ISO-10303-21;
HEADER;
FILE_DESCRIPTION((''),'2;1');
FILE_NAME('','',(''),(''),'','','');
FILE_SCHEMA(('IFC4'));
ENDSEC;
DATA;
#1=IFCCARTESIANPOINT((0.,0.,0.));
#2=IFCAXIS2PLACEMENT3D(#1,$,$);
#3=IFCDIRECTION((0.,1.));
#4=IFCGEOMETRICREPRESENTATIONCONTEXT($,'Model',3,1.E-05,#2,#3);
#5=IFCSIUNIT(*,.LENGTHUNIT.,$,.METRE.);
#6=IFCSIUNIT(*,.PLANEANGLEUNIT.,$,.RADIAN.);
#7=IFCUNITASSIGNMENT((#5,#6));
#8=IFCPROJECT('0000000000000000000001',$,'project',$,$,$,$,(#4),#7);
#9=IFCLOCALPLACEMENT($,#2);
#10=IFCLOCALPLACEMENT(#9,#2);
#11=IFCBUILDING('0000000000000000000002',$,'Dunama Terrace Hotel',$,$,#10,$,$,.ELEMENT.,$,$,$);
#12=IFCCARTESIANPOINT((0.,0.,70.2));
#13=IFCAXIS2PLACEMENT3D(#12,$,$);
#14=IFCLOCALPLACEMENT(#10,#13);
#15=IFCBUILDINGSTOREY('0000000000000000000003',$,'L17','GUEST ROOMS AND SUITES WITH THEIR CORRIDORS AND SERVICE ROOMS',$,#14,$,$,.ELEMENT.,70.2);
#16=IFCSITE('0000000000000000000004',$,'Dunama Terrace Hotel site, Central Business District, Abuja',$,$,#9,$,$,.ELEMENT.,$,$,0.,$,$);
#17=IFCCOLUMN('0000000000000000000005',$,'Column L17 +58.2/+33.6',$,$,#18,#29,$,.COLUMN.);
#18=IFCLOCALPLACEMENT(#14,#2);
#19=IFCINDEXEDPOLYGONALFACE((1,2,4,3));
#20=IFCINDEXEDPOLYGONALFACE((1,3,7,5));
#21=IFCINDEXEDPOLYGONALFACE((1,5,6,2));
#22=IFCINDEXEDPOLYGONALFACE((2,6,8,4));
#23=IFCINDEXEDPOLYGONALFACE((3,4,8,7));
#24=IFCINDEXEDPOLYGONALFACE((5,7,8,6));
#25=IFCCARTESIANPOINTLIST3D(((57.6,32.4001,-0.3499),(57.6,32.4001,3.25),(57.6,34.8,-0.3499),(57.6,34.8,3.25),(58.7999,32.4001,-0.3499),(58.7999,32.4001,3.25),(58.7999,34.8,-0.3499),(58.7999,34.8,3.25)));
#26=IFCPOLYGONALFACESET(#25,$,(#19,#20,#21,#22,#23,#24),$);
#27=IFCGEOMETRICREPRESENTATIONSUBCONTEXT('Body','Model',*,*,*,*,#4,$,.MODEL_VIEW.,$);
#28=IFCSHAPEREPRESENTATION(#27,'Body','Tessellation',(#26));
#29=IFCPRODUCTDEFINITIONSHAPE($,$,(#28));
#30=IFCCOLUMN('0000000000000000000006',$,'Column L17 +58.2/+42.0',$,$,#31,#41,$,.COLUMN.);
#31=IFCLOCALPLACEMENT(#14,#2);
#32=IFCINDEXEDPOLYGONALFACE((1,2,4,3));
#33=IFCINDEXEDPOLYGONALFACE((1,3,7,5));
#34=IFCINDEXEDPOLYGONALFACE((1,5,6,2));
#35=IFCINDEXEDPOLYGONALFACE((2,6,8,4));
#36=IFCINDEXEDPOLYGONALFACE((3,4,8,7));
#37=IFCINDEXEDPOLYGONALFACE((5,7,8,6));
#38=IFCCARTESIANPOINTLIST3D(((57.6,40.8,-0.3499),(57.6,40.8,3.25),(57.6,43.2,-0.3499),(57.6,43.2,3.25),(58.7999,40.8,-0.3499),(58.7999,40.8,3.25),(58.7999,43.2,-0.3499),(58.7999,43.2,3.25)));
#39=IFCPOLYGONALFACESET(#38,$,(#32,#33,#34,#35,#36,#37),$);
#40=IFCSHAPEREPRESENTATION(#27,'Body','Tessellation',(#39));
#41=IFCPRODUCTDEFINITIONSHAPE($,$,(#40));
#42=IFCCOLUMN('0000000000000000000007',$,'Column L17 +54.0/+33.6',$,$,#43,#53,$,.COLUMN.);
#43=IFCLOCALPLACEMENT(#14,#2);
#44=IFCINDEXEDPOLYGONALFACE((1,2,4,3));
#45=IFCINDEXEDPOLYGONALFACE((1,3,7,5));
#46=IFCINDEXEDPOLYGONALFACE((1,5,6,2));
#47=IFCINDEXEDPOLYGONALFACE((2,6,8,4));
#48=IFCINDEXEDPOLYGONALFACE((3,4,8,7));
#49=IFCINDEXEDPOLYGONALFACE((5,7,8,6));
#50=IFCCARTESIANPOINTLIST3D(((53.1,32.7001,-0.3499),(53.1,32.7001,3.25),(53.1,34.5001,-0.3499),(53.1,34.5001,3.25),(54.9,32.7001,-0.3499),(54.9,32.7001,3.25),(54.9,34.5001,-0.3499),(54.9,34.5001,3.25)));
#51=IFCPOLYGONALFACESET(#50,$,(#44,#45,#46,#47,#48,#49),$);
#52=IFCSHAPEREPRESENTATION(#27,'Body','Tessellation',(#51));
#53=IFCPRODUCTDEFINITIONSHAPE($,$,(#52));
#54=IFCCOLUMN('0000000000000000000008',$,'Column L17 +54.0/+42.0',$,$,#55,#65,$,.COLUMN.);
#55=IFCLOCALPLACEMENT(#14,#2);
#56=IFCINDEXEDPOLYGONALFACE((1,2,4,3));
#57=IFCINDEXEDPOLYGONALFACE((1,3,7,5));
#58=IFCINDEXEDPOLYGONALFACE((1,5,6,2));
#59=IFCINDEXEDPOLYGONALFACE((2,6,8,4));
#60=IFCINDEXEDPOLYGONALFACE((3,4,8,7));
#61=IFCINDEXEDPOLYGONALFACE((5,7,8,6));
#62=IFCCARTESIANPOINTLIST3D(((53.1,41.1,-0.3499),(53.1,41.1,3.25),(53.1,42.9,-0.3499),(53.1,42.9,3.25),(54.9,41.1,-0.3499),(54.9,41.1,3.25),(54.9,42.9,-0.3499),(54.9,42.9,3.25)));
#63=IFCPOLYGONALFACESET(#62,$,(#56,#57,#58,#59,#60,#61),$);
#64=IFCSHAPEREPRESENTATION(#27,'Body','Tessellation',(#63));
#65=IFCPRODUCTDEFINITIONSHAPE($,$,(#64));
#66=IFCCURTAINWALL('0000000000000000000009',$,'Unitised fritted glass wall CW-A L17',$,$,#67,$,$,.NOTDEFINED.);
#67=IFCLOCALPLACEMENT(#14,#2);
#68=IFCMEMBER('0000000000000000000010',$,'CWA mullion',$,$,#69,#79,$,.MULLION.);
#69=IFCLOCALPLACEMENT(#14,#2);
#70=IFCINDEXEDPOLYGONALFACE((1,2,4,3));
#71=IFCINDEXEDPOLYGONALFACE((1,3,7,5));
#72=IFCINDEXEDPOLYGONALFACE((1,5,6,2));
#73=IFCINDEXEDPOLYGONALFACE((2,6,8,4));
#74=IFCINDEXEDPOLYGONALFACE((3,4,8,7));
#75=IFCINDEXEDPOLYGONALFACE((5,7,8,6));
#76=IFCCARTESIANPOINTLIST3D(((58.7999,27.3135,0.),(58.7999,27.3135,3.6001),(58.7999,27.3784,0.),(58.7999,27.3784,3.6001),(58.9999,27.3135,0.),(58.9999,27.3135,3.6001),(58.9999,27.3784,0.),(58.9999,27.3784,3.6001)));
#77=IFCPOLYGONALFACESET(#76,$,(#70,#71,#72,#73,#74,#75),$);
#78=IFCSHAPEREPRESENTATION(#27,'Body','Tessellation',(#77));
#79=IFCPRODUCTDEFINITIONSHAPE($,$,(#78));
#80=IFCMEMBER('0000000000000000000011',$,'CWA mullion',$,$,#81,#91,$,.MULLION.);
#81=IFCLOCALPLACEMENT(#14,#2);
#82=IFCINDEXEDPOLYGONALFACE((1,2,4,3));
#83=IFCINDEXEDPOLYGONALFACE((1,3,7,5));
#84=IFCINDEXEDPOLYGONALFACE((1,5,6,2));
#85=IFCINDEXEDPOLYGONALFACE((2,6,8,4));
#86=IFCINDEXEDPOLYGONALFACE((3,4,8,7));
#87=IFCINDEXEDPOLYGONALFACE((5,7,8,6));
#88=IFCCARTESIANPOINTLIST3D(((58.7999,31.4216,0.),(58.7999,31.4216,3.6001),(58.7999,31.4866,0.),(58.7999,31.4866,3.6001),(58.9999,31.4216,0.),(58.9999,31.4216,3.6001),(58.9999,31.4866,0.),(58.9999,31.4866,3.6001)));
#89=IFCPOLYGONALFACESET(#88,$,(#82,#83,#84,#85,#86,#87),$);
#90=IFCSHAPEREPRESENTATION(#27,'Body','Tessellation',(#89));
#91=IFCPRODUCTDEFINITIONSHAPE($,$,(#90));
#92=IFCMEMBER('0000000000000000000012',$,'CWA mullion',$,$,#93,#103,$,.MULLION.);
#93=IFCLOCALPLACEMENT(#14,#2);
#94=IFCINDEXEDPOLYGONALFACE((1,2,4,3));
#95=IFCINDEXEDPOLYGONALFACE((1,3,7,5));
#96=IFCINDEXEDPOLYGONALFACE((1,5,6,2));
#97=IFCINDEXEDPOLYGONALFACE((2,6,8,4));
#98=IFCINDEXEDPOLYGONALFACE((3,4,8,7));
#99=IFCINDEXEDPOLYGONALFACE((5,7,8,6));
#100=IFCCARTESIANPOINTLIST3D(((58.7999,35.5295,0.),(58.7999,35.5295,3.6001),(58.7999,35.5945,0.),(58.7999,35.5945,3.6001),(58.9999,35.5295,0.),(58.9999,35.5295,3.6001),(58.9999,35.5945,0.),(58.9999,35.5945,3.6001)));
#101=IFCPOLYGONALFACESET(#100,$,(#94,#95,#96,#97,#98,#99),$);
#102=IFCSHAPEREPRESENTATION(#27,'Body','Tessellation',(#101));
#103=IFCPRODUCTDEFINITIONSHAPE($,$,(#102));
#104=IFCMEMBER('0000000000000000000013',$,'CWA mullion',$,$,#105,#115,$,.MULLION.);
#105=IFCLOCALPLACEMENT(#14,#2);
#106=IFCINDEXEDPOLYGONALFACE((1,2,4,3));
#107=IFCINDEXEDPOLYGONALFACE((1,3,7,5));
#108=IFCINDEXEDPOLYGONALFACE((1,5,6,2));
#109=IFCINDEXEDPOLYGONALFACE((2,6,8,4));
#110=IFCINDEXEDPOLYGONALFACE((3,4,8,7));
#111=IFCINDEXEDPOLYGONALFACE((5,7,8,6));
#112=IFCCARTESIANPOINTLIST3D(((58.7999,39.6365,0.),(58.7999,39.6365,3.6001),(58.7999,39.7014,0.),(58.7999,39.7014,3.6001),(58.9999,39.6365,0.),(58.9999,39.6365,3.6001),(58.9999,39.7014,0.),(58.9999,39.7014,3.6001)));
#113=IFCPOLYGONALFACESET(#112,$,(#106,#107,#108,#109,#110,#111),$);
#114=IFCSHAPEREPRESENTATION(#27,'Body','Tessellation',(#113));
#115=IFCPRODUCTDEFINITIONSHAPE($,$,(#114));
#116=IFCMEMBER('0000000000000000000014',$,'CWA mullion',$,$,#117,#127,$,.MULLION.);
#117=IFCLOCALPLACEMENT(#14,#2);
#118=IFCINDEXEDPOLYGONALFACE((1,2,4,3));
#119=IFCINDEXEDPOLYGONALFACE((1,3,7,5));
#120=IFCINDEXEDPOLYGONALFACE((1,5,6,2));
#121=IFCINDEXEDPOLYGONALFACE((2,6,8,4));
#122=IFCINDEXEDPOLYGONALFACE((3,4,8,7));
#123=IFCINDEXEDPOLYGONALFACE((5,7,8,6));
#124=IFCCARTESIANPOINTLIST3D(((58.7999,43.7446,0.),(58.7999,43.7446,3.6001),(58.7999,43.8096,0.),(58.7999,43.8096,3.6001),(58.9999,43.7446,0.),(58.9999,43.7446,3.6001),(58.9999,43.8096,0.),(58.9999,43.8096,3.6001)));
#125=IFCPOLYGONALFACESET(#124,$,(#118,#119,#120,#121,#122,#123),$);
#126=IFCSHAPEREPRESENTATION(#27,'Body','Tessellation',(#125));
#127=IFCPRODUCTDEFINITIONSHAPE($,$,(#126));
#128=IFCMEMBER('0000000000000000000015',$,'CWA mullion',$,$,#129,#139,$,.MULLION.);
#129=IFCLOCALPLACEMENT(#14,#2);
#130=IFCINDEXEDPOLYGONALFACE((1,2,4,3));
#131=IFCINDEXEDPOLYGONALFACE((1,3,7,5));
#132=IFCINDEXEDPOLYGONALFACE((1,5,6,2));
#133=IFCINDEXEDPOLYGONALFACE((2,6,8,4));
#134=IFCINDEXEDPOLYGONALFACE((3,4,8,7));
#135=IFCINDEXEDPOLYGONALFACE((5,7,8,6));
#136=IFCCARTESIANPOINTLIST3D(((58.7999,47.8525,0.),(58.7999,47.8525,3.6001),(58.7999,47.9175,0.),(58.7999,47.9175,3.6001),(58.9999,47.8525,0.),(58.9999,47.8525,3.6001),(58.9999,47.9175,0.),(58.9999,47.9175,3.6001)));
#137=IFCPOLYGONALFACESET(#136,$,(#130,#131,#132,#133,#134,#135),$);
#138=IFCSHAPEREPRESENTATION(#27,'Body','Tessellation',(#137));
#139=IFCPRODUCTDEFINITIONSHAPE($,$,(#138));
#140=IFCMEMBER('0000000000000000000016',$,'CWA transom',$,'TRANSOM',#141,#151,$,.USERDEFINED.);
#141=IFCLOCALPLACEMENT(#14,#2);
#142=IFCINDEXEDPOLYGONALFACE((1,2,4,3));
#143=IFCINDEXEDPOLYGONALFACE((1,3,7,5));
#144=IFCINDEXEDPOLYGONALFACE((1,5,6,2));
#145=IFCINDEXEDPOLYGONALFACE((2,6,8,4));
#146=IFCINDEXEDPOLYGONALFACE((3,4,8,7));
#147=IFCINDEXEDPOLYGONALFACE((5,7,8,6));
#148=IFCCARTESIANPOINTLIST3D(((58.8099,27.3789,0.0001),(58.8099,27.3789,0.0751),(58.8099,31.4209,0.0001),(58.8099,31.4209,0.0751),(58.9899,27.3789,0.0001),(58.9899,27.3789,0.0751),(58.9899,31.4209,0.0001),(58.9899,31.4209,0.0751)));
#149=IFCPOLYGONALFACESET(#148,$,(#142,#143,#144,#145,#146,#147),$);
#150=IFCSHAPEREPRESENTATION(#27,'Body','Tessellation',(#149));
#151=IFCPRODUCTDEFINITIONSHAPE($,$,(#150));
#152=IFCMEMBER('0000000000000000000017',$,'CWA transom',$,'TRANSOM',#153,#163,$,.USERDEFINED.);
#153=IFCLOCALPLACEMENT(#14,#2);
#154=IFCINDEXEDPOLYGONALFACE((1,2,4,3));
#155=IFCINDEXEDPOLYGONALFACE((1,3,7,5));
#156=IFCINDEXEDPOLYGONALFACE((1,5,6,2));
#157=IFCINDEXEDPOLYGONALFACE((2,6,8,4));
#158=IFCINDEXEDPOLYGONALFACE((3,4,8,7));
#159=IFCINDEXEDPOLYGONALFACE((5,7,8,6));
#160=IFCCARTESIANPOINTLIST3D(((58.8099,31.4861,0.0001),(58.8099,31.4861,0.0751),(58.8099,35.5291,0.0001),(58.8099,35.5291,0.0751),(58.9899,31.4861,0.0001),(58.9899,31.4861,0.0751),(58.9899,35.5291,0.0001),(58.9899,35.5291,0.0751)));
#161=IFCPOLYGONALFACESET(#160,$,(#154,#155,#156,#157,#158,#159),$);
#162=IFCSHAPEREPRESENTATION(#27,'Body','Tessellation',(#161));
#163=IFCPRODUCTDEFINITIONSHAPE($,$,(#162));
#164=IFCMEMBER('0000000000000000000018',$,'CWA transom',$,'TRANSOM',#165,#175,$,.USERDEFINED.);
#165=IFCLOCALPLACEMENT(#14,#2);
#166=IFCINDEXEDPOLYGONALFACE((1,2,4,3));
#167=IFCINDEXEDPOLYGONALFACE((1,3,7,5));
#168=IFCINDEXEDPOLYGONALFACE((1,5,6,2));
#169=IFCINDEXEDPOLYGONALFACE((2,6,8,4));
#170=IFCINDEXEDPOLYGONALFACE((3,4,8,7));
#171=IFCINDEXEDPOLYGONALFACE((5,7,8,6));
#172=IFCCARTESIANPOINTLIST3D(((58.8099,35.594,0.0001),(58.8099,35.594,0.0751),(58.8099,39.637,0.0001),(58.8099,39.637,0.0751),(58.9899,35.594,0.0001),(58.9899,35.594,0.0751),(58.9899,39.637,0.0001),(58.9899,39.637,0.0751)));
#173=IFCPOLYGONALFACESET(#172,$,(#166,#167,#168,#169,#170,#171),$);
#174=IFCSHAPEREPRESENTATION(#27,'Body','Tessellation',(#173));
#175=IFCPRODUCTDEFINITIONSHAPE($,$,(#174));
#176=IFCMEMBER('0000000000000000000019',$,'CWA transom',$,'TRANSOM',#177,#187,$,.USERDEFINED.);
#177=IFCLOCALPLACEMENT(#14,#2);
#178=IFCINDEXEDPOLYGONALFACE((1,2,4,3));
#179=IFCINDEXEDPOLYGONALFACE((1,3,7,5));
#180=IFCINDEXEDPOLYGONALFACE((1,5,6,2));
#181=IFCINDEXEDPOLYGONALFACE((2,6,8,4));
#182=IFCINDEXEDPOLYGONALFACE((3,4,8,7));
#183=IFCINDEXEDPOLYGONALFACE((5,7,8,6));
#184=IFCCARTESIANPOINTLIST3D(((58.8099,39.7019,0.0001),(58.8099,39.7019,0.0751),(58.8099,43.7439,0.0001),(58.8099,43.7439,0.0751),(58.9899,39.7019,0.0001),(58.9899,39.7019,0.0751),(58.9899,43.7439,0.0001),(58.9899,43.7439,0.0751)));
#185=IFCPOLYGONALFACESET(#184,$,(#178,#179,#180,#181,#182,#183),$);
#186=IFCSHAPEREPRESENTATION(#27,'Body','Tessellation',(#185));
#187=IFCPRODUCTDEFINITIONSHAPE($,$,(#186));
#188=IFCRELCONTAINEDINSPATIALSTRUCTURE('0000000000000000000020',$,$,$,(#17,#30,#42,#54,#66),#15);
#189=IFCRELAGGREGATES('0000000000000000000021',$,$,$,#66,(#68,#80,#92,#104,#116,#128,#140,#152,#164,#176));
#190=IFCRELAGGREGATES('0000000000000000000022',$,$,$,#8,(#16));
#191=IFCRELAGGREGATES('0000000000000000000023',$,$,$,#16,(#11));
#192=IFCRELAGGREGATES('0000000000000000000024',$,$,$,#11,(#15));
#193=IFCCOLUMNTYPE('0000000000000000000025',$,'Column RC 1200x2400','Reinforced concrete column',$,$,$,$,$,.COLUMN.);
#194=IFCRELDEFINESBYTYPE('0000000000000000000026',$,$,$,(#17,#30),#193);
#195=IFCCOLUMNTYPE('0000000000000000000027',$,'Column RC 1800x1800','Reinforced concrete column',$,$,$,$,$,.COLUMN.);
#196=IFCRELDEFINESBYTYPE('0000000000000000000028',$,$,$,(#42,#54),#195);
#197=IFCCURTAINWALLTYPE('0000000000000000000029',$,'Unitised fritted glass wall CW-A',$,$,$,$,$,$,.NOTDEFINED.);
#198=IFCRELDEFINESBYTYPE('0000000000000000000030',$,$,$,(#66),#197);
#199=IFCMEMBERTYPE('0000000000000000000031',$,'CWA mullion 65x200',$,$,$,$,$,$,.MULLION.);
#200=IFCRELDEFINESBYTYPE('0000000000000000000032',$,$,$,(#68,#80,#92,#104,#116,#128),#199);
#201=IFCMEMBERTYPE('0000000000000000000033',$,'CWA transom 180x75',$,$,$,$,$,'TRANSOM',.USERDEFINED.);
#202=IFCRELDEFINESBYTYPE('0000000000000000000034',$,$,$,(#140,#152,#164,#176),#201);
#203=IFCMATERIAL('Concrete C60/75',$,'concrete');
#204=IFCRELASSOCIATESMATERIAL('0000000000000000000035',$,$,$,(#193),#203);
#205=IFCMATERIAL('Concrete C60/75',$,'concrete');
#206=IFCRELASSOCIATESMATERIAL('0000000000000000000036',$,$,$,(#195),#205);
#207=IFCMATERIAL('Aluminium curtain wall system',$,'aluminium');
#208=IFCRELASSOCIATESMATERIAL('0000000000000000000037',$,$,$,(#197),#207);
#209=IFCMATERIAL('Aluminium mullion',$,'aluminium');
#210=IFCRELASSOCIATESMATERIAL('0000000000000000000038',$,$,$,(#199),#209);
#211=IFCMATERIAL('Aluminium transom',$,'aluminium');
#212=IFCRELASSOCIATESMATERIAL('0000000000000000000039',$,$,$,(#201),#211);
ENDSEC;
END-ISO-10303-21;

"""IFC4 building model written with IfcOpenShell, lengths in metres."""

from ifc_helpers import new_model, si_unit, direction, frame, origin, origin_2d, place, context, subcontext, project, spatial, rectangle, extrude, material, material_profile, profile_set, type_object, element, aggregate, save


model = new_model("IFC4")

# Units and contexts
model_context = context("Model", 3, precision=1e-05, world=origin(), true_north=direction((0.0, 1.0)))
body_context = subcontext(model_context, "Body", "Model", "MODEL_VIEW")
ifc_project = project(units=[si_unit("LENGTHUNIT", "METRE"), si_unit("PLANEANGLEUNIT", "RADIAN")], contexts=[model_context])

# Site, building, storey
site_placement = place(None, origin())
site = spatial("IfcSite", under=ifc_project, at=site_placement, Name="Dunama Terrace Hotel site, Central Business District, Abuja", CompositionType="ELEMENT", RefElevation=0.0)
building_placement = place(site_placement, origin())
building = spatial("IfcBuilding", under=site, at=building_placement, Name="Dunama Terrace Hotel", CompositionType="ELEMENT")
storey_placement = place(building_placement, frame((0.0, 0.0, 70.2)))
storey = spatial("IfcBuildingStorey", under=building, at=storey_placement, Name="L17", Description="GUEST ROOMS AND SUITES WITH THEIR CORRIDORS AND SERVICE ROOMS", CompositionType="ELEMENT", Elevation=70.2)

# Columns
ifc_material_1 = material(Name="Concrete C60/75", Category="concrete")
ifc_material_profile_1 = material_profile(ifc_material_1, rectangle(XDim=1.2, YDim=2.3999, at=origin_2d()), Name="RC 1200x2400")
ifc_profile_set_1 = profile_set([ifc_material_profile_1], Name="Concrete C60/75")
column_type_1 = type_object("IfcColumnType", Name="Column RC 1200x2400", Description="Reinforced concrete column", PredefinedType="COLUMN", material=ifc_profile_set_1)
for number, where, z_axis, x_axis, name in (
    (1, (58.2, 33.6001, -0.3499), (0.0, 0.0, 1.0), (1.0, 0.0, 0.0), "Column L17 +58.2/+33.6"),
    (2, (58.2, 42.0, -0.3499), (0.0, 0.0, 1.0), (1.0, 0.0, 0.0), "Column L17 +58.2/+42.0"),
):
    element("IfcColumn", number, at=place(storey_placement, frame(where, z_axis=z_axis, x_axis=x_axis)), inside=storey, type_object=column_type_1, Name=name, PredefinedType="COLUMN", context=body_context, shape_type="SweptSolid", body=[
        extrude(rectangle(XDim=1.2, YDim=2.3999, at=origin_2d()), origin(), (0.0, 0.0, 1.0), 3.5999),
    ])
ifc_material_2 = material(Name="Concrete C60/75", Category="concrete")
ifc_material_profile_2 = material_profile(ifc_material_2, rectangle(XDim=1.8, YDim=1.8, at=origin_2d()), Name="RC 1800x1800")
ifc_profile_set_2 = profile_set([ifc_material_profile_2], Name="Concrete C60/75")
column_type_2 = type_object("IfcColumnType", Name="Column RC 1800x1800", Description="Reinforced concrete column", PredefinedType="COLUMN", material=ifc_profile_set_2)
for number, where, z_axis, x_axis, name in (
    (3, (54.0, 33.6001, -0.3499), (0.0, 0.0, 1.0), (1.0, 0.0, 0.0), "Column L17 +54.0/+33.6"),
    (4, (54.0, 42.0, -0.3499), (0.0, 0.0, 1.0), (1.0, 0.0, 0.0), "Column L17 +54.0/+42.0"),
):
    element("IfcColumn", number, at=place(storey_placement, frame(where, z_axis=z_axis, x_axis=x_axis)), inside=storey, type_object=column_type_2, Name=name, PredefinedType="COLUMN", context=body_context, shape_type="SweptSolid", body=[
        extrude(rectangle(XDim=1.8, YDim=1.8, at=origin_2d()), origin(), (0.0, 0.0, 1.0), 3.5999),
    ])

# Curtain wall, members
ifc_material_3 = material(Name="Aluminium curtain wall system", Category="aluminium")
curtain_wall_type = type_object("IfcCurtainWallType", Name="Unitised fritted glass wall CW-A", PredefinedType="NOTDEFINED", material=ifc_material_3)
curtain_wall_placement = place(storey_placement, origin())
curtain_wall = element("IfcCurtainWall", 5, at=curtain_wall_placement, inside=storey, type_object=curtain_wall_type, Name="Unitised fritted glass wall CW-A L17", PredefinedType="NOTDEFINED")
ifc_material_4 = material(Name="Aluminium mullion", Category="aluminium")
ifc_material_profile_3 = material_profile(ifc_material_4, rectangle(XDim=0.0649, YDim=0.2, at=origin_2d()), Name="CWA MULLION 65X200")
ifc_profile_set_3 = profile_set([ifc_material_profile_3], Name="Aluminium mullion")
member_type_1 = type_object("IfcMemberType", Name="CWA mullion 65x200", PredefinedType="MULLION", material=ifc_profile_set_3)
member_1_placement = place(storey_placement, frame((58.8999, 27.3459, 0.0), z_axis=(0.0, 0.0, 1.0), x_axis=(0.0, 1.0, 0.0)))
member_1 = element("IfcMember", 6, at=member_1_placement, type_object=member_type_1, Name="CWA mullion", PredefinedType="MULLION", context=body_context, shape_type="SweptSolid", body=[
    extrude(rectangle(XDim=0.0649, YDim=0.2, at=origin_2d()), origin(), (0.0, 0.0, 1.0), 3.6001),
])
member_2_placement = place(storey_placement, frame((58.8999, 31.4541, 0.0), z_axis=(0.0, 0.0, 1.0), x_axis=(0.0, 1.0, 0.0)))
member_2 = element("IfcMember", 7, at=member_2_placement, type_object=member_type_1, Name="CWA mullion", PredefinedType="MULLION", context=body_context, shape_type="SweptSolid", body=[
    extrude(rectangle(XDim=0.0649, YDim=0.2, at=origin_2d()), origin(), (0.0, 0.0, 1.0), 3.6001),
])
member_3_placement = place(storey_placement, frame((58.8999, 35.562, 0.0), z_axis=(0.0, 0.0, 1.0), x_axis=(0.0, 1.0, 0.0)))
member_3 = element("IfcMember", 8, at=member_3_placement, type_object=member_type_1, Name="CWA mullion", PredefinedType="MULLION", context=body_context, shape_type="SweptSolid", body=[
    extrude(rectangle(XDim=0.0649, YDim=0.2, at=origin_2d()), origin(), (0.0, 0.0, 1.0), 3.6001),
])
member_4_placement = place(storey_placement, frame((58.8999, 39.6689, 0.0), z_axis=(0.0, 0.0, 1.0), x_axis=(0.0, 1.0, 0.0)))
member_4 = element("IfcMember", 9, at=member_4_placement, type_object=member_type_1, Name="CWA mullion", PredefinedType="MULLION", context=body_context, shape_type="SweptSolid", body=[
    extrude(rectangle(XDim=0.0649, YDim=0.2, at=origin_2d()), origin(), (0.0, 0.0, 1.0), 3.6001),
])
member_5_placement = place(storey_placement, frame((58.8999, 43.7771, 0.0), z_axis=(0.0, 0.0, 1.0), x_axis=(0.0, 1.0, 0.0)))
member_5 = element("IfcMember", 10, at=member_5_placement, type_object=member_type_1, Name="CWA mullion", PredefinedType="MULLION", context=body_context, shape_type="SweptSolid", body=[
    extrude(rectangle(XDim=0.0649, YDim=0.2, at=origin_2d()), origin(), (0.0, 0.0, 1.0), 3.6001),
])
member_6_placement = place(storey_placement, frame((58.8999, 47.885, 0.0), z_axis=(0.0, 0.0, 1.0), x_axis=(0.0, 1.0, 0.0)))
member_6 = element("IfcMember", 11, at=member_6_placement, type_object=member_type_1, Name="CWA mullion", PredefinedType="MULLION", context=body_context, shape_type="SweptSolid", body=[
    extrude(rectangle(XDim=0.0649, YDim=0.2, at=origin_2d()), origin(), (0.0, 0.0, 1.0), 3.6001),
])
ifc_material_5 = material(Name="Aluminium transom", Category="aluminium")
ifc_material_profile_4 = material_profile(ifc_material_5, rectangle(XDim=0.1799, YDim=0.075, at=origin_2d()), Name="CWA TRANSOM 180X75")
ifc_profile_set_4 = profile_set([ifc_material_profile_4], Name="Aluminium transom")
member_type_2 = type_object("IfcMemberType", Name="CWA transom 180x75", ElementType="TRANSOM", PredefinedType="USERDEFINED", material=ifc_profile_set_4)
member_7_placement = place(storey_placement, frame((58.8999, 27.3789, 0.0376), z_axis=(0.0, 1.0, 0.0), x_axis=(-1.0, 0.0, 0.0)))
member_7 = element("IfcMember", 12, at=member_7_placement, type_object=member_type_2, Name="CWA transom", ObjectType="TRANSOM", PredefinedType="USERDEFINED", context=body_context, shape_type="SweptSolid", body=[
    extrude(rectangle(XDim=0.1799, YDim=0.075, at=origin_2d()), origin(), (0.0, 0.0, 1.0), 4.042),
])
member_8_placement = place(storey_placement, frame((58.8999, 31.4861, 0.0376), z_axis=(0.0, 1.0, 0.0), x_axis=(-1.0, 0.0, 0.0)))
member_8 = element("IfcMember", 13, at=member_8_placement, type_object=member_type_2, Name="CWA transom", ObjectType="TRANSOM", PredefinedType="USERDEFINED", context=body_context, shape_type="SweptSolid", body=[
    extrude(rectangle(XDim=0.1799, YDim=0.075, at=origin_2d()), origin(), (0.0, 0.0, 1.0), 4.043),
])
member_9_placement = place(storey_placement, frame((58.8999, 35.594, 0.0376), z_axis=(0.0, 1.0, 0.0), x_axis=(-1.0, 0.0, 0.0)))
member_9 = element("IfcMember", 14, at=member_9_placement, type_object=member_type_2, Name="CWA transom", ObjectType="TRANSOM", PredefinedType="USERDEFINED", context=body_context, shape_type="SweptSolid", body=[
    extrude(rectangle(XDim=0.1799, YDim=0.075, at=origin_2d()), origin(), (0.0, 0.0, 1.0), 4.043),
])
member_10_placement = place(storey_placement, frame((58.8999, 39.7019, 0.0376), z_axis=(0.0, 1.0, 0.0), x_axis=(-1.0, 0.0, 0.0)))
member_10 = element("IfcMember", 15, at=member_10_placement, type_object=member_type_2, Name="CWA transom", ObjectType="TRANSOM", PredefinedType="USERDEFINED", context=body_context, shape_type="SweptSolid", body=[
    extrude(rectangle(XDim=0.1799, YDim=0.075, at=origin_2d()), origin(), (0.0, 0.0, 1.0), 4.042),
])

aggregate(curtain_wall, [member_1, member_2, member_3, member_4, member_5, member_6, member_7, member_8, member_9, member_10])

save(model, "model.ifc")
